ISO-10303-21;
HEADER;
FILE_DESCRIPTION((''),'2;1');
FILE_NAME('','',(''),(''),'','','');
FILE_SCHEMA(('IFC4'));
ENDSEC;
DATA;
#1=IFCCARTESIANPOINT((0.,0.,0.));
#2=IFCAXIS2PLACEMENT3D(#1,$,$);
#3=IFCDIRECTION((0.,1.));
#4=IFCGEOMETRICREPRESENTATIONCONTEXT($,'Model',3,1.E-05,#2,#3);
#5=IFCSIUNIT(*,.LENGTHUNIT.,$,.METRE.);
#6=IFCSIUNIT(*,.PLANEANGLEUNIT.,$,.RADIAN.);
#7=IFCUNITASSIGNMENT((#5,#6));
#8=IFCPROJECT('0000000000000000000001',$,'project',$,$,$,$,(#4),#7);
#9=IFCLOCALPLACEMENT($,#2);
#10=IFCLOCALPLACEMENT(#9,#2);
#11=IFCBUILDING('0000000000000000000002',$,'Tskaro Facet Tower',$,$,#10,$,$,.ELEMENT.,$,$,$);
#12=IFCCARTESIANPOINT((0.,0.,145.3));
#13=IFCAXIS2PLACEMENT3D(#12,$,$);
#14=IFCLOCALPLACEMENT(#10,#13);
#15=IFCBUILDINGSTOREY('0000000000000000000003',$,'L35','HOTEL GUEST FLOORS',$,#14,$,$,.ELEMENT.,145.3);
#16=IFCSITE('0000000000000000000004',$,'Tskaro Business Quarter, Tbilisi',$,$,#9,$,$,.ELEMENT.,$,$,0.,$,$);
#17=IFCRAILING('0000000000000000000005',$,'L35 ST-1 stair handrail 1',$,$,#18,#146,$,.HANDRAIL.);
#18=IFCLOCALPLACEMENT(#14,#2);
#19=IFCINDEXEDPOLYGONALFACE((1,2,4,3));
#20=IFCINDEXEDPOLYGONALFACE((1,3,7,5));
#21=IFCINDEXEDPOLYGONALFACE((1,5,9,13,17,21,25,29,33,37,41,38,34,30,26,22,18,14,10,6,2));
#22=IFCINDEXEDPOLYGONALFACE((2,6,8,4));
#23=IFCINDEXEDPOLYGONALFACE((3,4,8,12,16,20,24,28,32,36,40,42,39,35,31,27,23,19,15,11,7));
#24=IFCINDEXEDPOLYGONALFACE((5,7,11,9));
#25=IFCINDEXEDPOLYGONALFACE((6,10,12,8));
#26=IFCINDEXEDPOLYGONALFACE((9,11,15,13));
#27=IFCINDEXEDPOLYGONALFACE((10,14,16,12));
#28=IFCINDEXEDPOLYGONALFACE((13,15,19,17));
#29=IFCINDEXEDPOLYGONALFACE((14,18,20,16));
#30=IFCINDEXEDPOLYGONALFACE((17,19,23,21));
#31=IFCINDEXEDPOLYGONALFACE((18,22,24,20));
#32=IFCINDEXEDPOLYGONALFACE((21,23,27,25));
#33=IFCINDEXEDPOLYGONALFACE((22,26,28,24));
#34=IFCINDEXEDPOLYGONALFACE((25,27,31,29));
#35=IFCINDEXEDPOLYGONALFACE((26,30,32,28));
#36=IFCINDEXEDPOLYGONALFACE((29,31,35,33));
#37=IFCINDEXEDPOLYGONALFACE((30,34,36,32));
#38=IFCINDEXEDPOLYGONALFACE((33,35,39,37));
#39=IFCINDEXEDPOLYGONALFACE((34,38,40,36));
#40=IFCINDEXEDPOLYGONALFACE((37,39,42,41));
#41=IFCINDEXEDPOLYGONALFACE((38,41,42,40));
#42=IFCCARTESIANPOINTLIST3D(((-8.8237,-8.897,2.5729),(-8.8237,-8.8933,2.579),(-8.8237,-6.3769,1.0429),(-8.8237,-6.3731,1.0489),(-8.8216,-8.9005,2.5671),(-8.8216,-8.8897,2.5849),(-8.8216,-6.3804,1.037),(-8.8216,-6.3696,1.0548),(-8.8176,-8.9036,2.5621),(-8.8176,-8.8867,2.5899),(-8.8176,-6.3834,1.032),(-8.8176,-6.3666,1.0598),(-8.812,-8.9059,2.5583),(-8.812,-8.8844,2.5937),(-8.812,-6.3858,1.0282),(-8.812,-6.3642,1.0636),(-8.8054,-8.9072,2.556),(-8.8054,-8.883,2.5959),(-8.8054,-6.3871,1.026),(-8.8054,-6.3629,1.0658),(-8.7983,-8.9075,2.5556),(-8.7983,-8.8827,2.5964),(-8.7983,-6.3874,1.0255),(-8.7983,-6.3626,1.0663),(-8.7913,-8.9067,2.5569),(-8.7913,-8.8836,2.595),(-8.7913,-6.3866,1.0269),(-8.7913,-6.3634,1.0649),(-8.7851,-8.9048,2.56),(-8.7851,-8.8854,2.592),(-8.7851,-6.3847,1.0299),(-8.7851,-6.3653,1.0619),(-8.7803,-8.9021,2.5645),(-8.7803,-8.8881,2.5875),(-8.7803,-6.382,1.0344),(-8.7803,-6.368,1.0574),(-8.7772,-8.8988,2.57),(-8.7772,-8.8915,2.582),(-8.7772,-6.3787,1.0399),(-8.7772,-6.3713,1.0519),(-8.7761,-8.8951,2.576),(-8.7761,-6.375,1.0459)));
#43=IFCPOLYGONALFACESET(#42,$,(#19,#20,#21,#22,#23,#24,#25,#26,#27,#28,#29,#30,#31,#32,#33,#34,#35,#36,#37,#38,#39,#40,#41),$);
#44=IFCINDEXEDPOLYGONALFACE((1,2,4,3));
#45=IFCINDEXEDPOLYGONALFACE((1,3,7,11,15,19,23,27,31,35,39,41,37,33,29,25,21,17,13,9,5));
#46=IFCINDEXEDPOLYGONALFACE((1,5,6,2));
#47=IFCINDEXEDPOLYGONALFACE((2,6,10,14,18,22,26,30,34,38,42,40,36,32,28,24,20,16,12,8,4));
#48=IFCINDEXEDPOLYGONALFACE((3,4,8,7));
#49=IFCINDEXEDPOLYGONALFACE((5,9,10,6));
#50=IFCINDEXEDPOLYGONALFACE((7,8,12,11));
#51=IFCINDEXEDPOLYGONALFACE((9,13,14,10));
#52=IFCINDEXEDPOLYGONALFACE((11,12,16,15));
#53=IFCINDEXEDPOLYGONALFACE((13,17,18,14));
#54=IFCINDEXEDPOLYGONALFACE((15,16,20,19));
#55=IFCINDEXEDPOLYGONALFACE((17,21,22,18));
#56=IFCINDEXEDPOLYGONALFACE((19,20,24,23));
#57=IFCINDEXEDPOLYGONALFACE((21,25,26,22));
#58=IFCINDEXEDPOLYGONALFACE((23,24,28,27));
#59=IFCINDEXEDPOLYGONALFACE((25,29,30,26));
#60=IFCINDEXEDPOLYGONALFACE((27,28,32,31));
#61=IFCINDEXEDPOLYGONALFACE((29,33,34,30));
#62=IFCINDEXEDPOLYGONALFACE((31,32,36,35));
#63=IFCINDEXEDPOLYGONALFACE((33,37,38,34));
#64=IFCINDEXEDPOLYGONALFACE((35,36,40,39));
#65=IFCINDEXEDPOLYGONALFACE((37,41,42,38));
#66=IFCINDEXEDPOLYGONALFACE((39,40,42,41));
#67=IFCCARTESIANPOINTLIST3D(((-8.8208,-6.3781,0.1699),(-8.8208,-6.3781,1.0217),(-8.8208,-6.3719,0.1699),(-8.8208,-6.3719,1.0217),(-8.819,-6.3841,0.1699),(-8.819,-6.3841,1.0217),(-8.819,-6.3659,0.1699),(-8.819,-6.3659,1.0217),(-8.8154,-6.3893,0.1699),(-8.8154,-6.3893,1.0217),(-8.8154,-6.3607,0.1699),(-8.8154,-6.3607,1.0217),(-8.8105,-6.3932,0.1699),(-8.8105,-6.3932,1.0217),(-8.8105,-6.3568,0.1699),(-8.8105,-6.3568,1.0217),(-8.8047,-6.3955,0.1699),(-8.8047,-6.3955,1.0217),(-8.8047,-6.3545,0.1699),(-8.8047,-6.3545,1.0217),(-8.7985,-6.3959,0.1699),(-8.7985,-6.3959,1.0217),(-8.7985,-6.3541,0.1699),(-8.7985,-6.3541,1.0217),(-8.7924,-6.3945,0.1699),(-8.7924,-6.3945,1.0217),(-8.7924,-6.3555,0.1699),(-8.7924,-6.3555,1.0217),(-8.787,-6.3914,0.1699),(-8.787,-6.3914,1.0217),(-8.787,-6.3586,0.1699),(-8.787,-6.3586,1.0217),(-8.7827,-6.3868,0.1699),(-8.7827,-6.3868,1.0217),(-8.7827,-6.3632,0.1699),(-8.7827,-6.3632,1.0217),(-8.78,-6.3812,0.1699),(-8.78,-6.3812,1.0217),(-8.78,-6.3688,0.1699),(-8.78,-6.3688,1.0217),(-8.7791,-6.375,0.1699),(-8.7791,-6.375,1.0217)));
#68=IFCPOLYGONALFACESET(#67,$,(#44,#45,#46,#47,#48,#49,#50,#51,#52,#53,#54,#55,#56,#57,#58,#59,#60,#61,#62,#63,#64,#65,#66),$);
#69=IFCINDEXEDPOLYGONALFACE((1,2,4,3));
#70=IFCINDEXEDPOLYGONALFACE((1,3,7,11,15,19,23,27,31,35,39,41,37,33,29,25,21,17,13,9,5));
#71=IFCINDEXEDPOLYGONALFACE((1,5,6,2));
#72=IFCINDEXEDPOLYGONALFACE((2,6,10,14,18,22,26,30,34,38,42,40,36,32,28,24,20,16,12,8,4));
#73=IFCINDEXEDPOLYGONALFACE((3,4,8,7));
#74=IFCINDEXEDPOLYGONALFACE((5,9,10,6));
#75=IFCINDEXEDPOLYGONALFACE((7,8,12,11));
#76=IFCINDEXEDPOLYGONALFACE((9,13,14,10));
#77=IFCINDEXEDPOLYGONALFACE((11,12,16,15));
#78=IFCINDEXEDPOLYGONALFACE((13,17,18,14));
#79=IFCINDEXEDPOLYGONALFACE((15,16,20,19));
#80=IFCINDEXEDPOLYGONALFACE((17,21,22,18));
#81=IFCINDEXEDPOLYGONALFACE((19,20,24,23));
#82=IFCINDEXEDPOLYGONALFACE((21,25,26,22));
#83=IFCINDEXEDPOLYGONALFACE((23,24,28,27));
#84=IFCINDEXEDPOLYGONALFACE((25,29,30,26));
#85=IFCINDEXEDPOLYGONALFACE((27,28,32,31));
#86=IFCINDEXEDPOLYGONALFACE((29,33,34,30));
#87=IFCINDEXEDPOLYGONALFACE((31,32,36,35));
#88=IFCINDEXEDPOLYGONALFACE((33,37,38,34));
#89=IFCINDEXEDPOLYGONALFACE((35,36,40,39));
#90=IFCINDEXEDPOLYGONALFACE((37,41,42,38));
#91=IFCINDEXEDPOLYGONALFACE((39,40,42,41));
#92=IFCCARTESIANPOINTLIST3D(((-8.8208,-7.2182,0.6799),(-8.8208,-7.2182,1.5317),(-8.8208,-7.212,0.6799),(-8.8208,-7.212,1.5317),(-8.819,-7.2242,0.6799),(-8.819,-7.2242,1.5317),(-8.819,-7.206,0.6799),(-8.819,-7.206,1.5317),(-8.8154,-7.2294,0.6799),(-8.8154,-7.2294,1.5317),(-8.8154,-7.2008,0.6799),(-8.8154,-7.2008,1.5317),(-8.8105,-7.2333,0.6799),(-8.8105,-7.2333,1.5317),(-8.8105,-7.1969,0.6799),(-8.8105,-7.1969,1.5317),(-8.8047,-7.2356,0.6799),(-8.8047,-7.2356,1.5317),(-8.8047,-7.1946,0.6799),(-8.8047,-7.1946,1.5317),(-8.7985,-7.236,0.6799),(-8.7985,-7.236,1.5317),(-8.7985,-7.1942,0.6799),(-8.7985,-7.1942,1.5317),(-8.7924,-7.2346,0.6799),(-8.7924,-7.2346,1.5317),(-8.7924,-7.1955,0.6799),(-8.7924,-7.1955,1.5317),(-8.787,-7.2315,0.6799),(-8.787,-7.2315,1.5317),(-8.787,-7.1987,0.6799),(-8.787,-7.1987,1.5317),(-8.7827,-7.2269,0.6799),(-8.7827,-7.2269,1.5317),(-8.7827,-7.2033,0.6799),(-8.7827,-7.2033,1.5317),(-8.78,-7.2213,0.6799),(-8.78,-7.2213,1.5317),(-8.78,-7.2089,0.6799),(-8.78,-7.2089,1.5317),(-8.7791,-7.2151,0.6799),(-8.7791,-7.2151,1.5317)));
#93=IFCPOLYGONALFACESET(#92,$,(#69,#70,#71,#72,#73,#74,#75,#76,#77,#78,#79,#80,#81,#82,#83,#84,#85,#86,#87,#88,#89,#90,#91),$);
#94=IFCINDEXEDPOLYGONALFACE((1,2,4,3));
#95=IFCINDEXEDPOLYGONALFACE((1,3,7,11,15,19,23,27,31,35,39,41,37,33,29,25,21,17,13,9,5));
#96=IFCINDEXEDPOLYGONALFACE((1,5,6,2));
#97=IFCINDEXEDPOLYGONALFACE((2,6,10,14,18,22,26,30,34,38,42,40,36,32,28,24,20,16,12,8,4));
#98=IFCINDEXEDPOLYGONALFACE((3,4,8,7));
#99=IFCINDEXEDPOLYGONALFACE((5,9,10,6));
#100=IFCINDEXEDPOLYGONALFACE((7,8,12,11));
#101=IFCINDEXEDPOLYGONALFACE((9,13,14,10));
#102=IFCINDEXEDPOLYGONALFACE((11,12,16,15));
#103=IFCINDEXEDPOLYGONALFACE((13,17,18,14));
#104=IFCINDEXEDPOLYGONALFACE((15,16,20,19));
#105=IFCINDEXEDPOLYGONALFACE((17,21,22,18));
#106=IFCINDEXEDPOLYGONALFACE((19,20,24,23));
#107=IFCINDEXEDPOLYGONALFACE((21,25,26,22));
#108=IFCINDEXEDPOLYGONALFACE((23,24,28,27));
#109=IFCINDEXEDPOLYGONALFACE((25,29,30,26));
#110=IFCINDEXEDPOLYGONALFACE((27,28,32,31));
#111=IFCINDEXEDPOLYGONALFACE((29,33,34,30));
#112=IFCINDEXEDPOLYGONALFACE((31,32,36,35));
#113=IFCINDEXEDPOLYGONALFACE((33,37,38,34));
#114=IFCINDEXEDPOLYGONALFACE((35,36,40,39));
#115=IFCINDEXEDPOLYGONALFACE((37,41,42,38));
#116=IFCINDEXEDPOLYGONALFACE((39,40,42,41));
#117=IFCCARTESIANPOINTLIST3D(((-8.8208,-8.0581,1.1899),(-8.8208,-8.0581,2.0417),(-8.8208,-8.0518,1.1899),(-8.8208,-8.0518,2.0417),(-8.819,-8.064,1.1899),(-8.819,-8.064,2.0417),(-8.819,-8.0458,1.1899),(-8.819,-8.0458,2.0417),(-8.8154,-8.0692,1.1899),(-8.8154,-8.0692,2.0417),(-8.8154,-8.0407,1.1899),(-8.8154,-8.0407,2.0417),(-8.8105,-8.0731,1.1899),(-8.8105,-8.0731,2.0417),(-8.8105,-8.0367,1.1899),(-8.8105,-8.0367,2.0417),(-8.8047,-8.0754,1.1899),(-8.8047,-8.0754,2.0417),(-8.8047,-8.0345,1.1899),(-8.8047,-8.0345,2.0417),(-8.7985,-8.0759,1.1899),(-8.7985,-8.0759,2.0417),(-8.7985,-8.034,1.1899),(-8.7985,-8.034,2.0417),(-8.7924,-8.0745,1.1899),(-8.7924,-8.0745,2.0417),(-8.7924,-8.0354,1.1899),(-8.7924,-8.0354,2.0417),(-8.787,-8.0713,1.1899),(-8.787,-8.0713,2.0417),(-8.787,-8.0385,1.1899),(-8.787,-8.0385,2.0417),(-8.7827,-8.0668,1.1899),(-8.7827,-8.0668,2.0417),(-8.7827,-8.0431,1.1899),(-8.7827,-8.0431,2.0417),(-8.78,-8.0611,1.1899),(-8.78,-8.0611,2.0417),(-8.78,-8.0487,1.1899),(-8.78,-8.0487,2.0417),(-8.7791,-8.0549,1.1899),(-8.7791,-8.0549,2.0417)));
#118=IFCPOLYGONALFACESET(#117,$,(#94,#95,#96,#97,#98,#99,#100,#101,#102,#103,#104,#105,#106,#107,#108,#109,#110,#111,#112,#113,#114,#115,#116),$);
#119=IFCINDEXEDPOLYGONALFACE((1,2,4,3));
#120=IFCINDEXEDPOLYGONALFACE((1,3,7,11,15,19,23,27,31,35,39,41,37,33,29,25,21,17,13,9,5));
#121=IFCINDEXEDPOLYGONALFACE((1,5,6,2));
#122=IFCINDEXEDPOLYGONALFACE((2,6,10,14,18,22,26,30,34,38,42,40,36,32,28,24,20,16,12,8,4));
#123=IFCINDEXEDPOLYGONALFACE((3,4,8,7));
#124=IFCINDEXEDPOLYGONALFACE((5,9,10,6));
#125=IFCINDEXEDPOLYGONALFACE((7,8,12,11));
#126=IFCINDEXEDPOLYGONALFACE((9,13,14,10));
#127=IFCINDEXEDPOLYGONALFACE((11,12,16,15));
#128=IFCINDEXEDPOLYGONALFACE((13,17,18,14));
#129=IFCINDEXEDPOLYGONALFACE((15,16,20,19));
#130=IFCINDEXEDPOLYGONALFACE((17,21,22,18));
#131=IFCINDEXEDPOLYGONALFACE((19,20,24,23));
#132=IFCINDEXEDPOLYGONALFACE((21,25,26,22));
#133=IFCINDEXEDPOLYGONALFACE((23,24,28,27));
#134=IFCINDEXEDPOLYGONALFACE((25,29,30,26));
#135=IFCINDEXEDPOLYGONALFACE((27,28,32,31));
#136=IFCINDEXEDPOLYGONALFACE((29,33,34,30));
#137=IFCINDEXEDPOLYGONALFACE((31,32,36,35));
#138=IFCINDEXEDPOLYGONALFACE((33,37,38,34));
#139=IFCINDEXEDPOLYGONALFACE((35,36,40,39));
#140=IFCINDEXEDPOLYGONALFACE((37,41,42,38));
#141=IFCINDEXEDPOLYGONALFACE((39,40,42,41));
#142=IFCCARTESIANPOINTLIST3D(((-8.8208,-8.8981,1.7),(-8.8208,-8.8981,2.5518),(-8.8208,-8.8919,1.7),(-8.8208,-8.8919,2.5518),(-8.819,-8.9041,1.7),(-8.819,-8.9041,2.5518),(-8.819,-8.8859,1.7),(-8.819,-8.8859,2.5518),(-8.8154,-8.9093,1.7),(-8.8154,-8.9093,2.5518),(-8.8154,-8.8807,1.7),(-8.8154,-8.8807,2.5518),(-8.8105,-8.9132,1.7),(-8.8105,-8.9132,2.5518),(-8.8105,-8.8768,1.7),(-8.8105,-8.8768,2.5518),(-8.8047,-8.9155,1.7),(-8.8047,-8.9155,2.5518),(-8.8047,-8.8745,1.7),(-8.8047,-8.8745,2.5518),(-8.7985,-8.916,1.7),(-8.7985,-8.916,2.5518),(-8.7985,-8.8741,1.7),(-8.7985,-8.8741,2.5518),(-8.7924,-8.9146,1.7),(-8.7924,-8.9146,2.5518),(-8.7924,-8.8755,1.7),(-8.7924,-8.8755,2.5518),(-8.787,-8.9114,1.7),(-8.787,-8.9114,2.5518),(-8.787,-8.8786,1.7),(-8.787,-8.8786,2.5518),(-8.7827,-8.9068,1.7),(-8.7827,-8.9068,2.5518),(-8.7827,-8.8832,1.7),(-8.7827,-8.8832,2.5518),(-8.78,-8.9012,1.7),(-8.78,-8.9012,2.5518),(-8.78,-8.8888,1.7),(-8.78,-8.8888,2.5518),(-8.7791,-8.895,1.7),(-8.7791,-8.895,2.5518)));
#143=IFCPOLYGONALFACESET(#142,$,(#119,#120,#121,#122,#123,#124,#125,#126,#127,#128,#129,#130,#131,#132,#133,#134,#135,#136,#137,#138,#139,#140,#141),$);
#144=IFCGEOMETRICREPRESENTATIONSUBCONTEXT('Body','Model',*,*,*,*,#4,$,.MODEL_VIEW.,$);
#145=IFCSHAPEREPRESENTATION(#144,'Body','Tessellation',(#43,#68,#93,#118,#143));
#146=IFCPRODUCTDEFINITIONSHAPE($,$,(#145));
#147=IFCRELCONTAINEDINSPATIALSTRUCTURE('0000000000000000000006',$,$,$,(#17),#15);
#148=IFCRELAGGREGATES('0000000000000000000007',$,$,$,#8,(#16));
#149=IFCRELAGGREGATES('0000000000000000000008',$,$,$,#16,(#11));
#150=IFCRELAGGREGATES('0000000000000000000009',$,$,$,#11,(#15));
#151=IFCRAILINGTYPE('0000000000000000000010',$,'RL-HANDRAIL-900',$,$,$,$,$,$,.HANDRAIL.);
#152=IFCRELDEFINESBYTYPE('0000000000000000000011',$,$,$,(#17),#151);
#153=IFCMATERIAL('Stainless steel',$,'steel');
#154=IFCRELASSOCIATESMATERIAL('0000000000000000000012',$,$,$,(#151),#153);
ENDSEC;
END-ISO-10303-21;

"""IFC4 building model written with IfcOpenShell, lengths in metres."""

from ifc_helpers import new_model, si_unit, direction, frame, origin, origin_2d, place, context, subcontext, project, spatial, circle, extrude, material, type_object, element, save


model = new_model("IFC4")

# Units and contexts
model_context = context("Model", 3, precision=1e-05, world=origin(), true_north=direction((0.0, 1.0)))
body_context = subcontext(model_context, "Body", "Model", "MODEL_VIEW")
ifc_project = project(units=[si_unit("LENGTHUNIT", "METRE"), si_unit("PLANEANGLEUNIT", "RADIAN")], contexts=[model_context])

# Site, building, storey
site_placement = place(None, origin())
site = spatial("IfcSite", under=ifc_project, at=site_placement, Name="Tskaro Business Quarter, Tbilisi", CompositionType="ELEMENT", RefElevation=0.0)
building_placement = place(site_placement, origin())
building = spatial("IfcBuilding", under=site, at=building_placement, Name="Tskaro Facet Tower", CompositionType="ELEMENT")
storey_placement = place(building_placement, frame((0.0, 0.0, 145.3)))
storey = spatial("IfcBuildingStorey", under=building, at=storey_placement, Name="L35", Description="HOTEL GUEST FLOORS", CompositionType="ELEMENT", Elevation=145.3)

# Shared definitions
ifc_material_1 = material(Name="Stainless steel", Category="steel")

# Railing
railing_type_1 = type_object("IfcRailingType", Name="RL-HANDRAIL-900", PredefinedType="HANDRAIL", material=ifc_material_1)
railing_1_placement = place(storey_placement, frame((-8.8, -6.375, 0.1699)))
element("IfcRailing", 1, at=railing_1_placement, inside=storey, type_object=railing_type_1, Name="L35 ST-1 stair handrail 1", PredefinedType="HANDRAIL", context=body_context, shape_type="SweptSolid", body=[
    extrude(circle(Radius=0.0239, at=origin_2d()), frame((0.0, 0.0, 0.876), z_axis=(0.0, -0.854785, 0.518982), x_axis=(1.0, 0.0, 0.0)), (0.0, 0.0, 1.0), 2.9482),
    extrude(circle(Radius=0.021, at=origin_2d()), origin(), (0.0, 0.0, 1.0), 0.8518),
    extrude(circle(Radius=0.021, at=origin_2d()), frame((0.0, -0.8401, 0.51)), (0.0, 0.0, 1.0), 0.8518),
    extrude(circle(Radius=0.021, at=origin_2d()), frame((0.0, -1.6799, 1.02)), (0.0, 0.0, 1.0), 0.8518),
    extrude(circle(Radius=0.021, at=origin_2d()), frame((0.0, -2.52, 1.53)), (0.0, 0.0, 1.0), 0.8518),
])

save(model, "model.ifc")
